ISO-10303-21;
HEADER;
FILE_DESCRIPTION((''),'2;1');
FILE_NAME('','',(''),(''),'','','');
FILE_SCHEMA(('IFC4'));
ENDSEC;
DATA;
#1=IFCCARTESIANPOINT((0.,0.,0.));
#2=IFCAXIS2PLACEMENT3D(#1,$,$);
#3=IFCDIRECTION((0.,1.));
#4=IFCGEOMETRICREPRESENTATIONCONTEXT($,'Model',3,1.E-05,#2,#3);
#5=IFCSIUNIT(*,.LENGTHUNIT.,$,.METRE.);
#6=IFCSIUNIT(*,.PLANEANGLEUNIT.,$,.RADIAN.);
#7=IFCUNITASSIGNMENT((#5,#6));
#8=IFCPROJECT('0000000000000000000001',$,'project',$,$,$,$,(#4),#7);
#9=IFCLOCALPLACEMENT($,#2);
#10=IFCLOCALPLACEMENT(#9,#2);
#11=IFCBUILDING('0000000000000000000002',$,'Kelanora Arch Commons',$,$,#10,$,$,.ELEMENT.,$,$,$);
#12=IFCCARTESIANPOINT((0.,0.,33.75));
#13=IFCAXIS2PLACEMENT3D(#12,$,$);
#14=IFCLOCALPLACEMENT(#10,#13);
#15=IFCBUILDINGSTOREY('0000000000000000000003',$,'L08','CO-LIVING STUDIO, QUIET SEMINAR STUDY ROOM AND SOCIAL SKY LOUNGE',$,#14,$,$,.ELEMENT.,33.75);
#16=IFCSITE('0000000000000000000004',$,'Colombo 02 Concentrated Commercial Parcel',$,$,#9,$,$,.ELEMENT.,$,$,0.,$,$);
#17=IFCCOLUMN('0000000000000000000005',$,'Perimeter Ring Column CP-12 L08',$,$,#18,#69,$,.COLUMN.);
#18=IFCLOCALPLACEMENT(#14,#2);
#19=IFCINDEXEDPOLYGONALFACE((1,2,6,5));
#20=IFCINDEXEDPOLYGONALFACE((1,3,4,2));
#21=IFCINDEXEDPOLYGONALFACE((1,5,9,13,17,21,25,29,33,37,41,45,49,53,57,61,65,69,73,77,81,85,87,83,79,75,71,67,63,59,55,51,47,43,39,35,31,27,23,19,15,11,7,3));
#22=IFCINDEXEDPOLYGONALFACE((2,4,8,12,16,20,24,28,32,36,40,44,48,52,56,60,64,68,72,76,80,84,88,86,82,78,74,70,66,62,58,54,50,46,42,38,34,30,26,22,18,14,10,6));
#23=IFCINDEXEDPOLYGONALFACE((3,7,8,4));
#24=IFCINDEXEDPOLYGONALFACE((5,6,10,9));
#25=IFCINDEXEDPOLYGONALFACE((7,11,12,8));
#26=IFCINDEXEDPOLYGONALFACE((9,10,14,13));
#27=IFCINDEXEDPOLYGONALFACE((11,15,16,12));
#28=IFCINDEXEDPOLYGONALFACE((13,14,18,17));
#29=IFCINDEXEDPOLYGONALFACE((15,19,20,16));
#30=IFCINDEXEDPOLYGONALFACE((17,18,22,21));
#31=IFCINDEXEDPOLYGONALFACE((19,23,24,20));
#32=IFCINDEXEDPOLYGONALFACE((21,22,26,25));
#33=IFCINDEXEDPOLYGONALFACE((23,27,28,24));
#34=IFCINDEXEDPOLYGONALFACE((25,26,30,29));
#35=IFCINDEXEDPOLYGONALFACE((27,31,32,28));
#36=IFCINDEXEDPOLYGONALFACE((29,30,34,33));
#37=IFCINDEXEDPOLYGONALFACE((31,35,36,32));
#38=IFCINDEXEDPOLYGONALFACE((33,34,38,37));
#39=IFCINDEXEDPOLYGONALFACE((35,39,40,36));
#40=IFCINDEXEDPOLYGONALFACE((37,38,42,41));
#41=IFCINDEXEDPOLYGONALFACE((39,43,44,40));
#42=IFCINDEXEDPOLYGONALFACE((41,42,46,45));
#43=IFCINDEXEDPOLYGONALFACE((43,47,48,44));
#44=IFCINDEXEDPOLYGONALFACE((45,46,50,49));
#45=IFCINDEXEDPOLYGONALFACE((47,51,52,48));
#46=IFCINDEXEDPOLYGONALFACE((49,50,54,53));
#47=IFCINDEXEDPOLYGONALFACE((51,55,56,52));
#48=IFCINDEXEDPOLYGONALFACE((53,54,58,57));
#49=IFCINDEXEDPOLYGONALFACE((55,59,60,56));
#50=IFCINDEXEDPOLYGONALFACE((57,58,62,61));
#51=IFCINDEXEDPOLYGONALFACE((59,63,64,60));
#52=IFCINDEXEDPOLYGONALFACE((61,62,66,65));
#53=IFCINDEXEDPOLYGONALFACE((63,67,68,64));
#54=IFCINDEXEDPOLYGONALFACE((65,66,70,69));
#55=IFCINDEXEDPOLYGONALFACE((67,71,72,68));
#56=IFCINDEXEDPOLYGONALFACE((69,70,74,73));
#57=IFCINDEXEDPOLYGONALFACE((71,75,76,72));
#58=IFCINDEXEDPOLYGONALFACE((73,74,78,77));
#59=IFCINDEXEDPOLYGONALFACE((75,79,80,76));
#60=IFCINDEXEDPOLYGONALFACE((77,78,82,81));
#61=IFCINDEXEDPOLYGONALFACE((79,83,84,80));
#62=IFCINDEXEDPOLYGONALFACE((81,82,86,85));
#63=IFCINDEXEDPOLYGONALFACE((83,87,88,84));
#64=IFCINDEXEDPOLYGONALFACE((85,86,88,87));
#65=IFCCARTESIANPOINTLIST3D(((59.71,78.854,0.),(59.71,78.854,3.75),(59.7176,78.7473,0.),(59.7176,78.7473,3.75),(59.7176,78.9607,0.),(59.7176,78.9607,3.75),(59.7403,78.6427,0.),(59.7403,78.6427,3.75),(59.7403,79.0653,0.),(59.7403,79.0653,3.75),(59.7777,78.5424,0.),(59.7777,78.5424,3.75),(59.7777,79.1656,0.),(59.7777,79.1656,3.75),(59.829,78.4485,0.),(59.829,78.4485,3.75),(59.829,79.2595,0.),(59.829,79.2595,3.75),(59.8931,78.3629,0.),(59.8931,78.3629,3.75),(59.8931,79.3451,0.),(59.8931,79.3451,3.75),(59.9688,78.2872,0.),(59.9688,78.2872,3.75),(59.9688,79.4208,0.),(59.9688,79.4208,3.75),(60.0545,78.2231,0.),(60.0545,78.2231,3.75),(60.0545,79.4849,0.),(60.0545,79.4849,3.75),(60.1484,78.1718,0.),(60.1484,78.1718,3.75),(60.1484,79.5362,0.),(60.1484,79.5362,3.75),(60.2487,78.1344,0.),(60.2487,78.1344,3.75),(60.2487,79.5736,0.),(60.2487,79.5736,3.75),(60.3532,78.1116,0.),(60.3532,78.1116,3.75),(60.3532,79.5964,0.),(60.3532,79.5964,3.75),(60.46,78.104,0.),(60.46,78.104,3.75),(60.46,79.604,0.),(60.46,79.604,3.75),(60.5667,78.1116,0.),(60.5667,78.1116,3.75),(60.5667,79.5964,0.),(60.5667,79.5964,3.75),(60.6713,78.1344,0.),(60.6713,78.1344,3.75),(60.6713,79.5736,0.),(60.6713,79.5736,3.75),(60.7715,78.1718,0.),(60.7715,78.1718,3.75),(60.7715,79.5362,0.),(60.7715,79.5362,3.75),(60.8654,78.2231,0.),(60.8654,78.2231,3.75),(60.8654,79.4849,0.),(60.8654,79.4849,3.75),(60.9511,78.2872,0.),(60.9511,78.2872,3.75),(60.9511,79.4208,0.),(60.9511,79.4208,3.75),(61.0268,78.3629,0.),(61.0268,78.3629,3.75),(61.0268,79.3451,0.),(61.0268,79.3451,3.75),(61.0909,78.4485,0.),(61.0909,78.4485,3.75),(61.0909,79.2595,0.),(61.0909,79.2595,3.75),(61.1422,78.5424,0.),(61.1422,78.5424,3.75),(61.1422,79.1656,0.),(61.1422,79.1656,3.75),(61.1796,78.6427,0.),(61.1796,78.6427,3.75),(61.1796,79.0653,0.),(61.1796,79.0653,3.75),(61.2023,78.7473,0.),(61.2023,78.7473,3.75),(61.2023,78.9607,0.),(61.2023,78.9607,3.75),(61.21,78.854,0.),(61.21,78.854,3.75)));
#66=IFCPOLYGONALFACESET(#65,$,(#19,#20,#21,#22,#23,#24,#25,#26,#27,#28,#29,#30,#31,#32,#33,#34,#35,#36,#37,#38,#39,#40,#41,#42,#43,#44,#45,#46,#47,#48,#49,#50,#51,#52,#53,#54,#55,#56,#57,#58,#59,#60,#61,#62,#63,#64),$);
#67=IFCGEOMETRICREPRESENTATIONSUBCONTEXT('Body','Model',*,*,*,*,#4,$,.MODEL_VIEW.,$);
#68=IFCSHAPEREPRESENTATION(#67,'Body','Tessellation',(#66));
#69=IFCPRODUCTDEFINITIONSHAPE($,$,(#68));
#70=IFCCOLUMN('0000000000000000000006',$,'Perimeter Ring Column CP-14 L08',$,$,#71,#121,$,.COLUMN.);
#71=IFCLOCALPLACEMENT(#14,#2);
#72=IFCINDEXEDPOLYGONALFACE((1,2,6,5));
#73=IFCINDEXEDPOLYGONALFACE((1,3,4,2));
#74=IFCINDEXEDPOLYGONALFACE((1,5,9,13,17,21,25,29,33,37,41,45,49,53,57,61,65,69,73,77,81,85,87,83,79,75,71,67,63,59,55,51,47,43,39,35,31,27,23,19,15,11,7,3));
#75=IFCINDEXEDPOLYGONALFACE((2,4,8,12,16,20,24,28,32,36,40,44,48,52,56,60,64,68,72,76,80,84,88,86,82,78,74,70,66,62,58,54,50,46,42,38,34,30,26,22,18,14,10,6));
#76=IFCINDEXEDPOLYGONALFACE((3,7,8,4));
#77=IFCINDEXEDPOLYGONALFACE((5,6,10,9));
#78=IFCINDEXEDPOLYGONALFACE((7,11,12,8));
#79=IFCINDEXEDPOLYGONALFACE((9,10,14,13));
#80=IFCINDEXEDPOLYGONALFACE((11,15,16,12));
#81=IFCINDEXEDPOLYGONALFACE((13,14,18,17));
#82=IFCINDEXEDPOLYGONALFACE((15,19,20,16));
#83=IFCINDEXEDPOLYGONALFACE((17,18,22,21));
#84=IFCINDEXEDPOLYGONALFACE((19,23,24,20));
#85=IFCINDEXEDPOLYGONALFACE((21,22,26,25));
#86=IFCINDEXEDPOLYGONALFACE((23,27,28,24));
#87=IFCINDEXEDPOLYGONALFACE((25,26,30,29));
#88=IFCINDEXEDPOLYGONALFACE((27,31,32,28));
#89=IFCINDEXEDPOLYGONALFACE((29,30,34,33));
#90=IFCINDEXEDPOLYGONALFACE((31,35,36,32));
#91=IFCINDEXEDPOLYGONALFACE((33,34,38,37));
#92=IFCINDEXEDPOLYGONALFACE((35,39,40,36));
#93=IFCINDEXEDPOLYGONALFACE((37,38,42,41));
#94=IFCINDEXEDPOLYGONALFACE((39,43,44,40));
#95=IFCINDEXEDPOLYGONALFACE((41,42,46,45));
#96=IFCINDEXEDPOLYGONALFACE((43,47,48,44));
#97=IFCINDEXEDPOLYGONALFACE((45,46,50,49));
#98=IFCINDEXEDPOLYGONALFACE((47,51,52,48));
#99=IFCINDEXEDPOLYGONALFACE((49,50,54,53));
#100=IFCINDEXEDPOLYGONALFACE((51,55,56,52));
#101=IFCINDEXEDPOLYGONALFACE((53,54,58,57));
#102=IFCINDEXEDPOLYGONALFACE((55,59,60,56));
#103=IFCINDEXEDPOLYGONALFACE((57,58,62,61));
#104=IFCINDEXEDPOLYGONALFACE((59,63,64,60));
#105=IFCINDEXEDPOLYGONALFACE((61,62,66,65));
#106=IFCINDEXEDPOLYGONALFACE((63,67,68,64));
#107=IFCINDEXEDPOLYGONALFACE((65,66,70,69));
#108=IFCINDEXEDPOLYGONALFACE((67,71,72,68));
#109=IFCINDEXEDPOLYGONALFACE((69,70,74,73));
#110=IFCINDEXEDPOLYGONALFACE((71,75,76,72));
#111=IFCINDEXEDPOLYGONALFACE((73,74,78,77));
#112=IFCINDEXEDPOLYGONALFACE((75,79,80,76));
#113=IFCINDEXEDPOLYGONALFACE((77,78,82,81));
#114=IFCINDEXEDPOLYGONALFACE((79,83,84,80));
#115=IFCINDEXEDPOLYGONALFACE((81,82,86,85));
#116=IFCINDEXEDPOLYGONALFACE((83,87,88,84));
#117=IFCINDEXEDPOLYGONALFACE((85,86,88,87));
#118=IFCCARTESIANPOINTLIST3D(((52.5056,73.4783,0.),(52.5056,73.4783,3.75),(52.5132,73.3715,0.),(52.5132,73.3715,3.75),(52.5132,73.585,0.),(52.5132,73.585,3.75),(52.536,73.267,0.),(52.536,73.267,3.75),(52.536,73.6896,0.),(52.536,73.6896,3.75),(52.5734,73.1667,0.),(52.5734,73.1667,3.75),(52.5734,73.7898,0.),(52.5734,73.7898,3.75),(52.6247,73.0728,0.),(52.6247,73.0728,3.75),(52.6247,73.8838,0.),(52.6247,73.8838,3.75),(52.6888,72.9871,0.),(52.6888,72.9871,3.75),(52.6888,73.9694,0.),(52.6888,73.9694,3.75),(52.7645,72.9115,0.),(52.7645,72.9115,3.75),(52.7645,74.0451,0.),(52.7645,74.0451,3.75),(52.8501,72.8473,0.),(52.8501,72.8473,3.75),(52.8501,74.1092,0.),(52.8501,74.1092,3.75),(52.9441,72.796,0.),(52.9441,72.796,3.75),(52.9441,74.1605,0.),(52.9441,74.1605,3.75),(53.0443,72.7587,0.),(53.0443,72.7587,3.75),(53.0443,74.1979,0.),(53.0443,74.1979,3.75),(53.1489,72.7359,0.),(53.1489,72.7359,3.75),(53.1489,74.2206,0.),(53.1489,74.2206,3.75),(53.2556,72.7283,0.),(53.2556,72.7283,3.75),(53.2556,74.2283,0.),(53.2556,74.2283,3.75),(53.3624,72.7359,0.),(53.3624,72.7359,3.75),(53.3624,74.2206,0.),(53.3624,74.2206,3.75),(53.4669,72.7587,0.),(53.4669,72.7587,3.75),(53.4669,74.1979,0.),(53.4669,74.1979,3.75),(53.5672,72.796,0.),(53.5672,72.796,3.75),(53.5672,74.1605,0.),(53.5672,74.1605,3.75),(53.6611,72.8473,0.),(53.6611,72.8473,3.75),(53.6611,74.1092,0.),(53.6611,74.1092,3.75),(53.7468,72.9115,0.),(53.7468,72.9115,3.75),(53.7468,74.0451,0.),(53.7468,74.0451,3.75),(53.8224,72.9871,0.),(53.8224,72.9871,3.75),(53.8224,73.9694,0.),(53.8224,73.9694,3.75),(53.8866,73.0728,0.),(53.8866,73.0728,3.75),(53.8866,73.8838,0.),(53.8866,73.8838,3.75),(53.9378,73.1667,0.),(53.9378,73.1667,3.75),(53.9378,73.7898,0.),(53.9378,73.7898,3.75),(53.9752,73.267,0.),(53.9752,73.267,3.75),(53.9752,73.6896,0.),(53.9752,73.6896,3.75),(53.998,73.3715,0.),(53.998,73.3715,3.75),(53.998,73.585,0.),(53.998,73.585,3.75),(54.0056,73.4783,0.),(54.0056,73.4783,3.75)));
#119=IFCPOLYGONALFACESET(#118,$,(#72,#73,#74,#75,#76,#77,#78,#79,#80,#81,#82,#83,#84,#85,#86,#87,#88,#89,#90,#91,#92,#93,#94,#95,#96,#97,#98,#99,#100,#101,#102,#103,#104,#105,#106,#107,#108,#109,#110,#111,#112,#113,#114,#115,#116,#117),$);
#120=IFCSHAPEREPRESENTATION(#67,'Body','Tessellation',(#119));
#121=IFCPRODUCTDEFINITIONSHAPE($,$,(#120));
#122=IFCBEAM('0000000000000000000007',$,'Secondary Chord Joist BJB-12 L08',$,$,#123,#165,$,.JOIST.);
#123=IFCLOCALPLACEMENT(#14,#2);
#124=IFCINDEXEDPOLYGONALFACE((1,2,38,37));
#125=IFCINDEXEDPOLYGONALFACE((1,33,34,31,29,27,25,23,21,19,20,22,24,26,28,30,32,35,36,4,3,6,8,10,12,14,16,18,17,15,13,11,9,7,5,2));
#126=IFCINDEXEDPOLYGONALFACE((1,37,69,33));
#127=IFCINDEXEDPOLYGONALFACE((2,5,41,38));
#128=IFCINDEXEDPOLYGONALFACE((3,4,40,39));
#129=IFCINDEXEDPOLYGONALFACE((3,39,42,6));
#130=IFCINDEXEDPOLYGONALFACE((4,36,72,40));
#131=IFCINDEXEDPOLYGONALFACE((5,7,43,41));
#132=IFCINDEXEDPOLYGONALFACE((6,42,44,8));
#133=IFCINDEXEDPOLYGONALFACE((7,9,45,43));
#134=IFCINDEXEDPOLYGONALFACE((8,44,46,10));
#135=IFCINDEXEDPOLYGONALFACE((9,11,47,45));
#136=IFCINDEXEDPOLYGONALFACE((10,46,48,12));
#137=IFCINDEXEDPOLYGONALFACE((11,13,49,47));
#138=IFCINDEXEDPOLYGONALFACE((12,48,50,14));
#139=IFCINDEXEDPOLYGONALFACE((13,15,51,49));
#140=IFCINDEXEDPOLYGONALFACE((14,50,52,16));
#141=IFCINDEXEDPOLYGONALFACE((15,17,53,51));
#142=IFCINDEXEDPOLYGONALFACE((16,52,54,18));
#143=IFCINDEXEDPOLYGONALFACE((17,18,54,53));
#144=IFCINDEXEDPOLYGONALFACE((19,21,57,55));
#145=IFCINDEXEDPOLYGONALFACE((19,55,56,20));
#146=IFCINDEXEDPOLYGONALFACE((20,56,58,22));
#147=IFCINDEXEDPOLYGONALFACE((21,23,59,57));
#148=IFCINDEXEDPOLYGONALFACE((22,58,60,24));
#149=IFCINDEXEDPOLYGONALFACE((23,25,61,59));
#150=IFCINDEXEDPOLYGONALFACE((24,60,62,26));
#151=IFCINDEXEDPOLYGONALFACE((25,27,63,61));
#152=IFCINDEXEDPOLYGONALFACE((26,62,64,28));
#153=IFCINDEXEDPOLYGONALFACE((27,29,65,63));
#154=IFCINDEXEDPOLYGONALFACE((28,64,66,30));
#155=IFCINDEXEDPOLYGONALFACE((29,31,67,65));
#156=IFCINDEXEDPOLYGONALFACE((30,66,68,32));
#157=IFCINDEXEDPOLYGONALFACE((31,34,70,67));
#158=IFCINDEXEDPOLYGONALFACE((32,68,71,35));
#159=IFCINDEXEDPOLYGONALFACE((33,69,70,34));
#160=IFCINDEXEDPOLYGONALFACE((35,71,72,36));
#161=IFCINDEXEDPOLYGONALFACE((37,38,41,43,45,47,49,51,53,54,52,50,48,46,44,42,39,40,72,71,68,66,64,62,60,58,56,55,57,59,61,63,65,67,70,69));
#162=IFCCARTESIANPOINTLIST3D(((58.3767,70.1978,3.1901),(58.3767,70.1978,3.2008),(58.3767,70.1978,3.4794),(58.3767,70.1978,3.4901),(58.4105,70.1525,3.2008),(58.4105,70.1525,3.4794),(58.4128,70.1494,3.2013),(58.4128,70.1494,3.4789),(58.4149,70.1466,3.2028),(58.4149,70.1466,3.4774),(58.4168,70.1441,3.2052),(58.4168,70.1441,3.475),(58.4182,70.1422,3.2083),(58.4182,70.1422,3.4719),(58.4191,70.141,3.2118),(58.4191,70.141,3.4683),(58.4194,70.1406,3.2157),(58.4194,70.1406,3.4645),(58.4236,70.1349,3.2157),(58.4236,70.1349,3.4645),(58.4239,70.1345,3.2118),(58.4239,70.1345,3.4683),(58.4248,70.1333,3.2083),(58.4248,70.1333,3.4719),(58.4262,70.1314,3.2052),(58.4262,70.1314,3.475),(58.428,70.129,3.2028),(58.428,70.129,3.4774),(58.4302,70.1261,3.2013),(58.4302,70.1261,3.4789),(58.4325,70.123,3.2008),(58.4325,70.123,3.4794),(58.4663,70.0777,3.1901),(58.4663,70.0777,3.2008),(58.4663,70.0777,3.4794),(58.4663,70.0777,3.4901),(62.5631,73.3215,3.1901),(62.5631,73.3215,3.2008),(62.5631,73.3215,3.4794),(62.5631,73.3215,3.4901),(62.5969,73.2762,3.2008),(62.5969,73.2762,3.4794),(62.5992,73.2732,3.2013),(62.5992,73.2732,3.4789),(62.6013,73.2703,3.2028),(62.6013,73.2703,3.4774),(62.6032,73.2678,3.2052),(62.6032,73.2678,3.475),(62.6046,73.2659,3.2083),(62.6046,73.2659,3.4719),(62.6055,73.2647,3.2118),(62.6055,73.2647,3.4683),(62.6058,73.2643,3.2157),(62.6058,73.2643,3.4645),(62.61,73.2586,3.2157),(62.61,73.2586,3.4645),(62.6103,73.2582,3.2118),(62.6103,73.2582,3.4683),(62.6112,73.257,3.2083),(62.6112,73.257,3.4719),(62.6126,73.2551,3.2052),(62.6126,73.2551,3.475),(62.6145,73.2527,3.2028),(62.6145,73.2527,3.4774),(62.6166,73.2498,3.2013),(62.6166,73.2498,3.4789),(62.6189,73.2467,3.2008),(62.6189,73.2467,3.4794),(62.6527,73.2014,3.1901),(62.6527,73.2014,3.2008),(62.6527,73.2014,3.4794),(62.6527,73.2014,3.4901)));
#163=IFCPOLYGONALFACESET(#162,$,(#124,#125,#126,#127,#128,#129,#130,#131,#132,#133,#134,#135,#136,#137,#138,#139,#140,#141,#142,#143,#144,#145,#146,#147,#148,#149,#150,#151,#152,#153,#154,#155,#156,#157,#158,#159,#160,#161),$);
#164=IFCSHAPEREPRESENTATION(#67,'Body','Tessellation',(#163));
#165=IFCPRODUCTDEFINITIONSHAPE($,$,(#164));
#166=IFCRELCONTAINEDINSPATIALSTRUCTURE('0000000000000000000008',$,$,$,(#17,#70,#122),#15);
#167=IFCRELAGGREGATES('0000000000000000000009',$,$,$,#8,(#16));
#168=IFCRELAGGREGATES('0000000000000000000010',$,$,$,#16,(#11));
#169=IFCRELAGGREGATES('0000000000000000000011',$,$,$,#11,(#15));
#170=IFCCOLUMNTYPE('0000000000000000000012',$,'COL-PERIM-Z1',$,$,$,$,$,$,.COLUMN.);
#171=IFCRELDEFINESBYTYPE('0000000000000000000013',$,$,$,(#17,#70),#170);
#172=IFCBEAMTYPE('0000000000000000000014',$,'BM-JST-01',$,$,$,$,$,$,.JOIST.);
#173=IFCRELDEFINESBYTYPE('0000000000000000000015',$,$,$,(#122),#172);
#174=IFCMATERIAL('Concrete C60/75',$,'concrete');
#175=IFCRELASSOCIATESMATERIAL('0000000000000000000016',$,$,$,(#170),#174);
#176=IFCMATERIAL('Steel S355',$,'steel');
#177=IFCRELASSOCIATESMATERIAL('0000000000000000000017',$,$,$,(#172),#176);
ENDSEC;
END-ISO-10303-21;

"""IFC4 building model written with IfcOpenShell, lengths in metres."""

from ifc_helpers import new_model, si_unit, direction, frame, origin, origin_2d, place, context, subcontext, project, spatial, circle, i_section, extrude, material, material_profile, profile_set, type_object, element, save


model = new_model("IFC4")

# Units and contexts
model_context = context("Model", 3, precision=1e-05, world=origin(), true_north=direction((0.0, 1.0)))
body_context = subcontext(model_context, "Body", "Model", "MODEL_VIEW")
ifc_project = project(units=[si_unit("LENGTHUNIT", "METRE"), si_unit("PLANEANGLEUNIT", "RADIAN")], contexts=[model_context])

# Site, building, storey
site_placement = place(None, origin())
site = spatial("IfcSite", under=ifc_project, at=site_placement, Name="Colombo 02 Concentrated Commercial Parcel", CompositionType="ELEMENT", RefElevation=0.0)
building_placement = place(site_placement, origin())
building = spatial("IfcBuilding", under=site, at=building_placement, Name="Kelanora Arch Commons", CompositionType="ELEMENT")
storey_placement = place(building_placement, frame((0.0, 0.0, 33.75)))
storey = spatial("IfcBuildingStorey", under=building, at=storey_placement, Name="L08", Description="CO-LIVING STUDIO, QUIET SEMINAR STUDY ROOM AND SOCIAL SKY LOUNGE", CompositionType="ELEMENT", Elevation=33.75)

# Columns
ifc_material_1 = material(Name="Concrete C60/75", Category="concrete")
ifc_material_profile_1 = material_profile(ifc_material_1, circle(Radius=0.75, at=origin_2d()), Name="RCC1500")
ifc_profile_set_1 = profile_set([ifc_material_profile_1], Name="Concrete C60/75")
column_type = type_object("IfcColumnType", Name="COL-PERIM-Z1", PredefinedType="COLUMN", material=ifc_profile_set_1)
for number, where, z_axis, x_axis, name in (
    (1, (60.46, 78.854, 0.0), (0.0, 0.0, 1.0), (1.0, 0.0, 0.0), "Perimeter Ring Column CP-12 L08"),
    (2, (53.2556, 73.4783, 0.0), (0.0, 0.0, 1.0), (1.0, 0.0, 0.0), "Perimeter Ring Column CP-14 L08"),
):
    element("IfcColumn", number, at=place(storey_placement, frame(where, z_axis=z_axis, x_axis=x_axis)), inside=storey, type_object=column_type, Name=name, PredefinedType="COLUMN", context=body_context, shape_type="SweptSolid", body=[
        extrude(circle(Radius=0.75, at=origin_2d()), origin(), (0.0, 0.0, 1.0), 3.75),
    ])

# Beam
ifc_material_2 = material(Name="Steel S355", Category="steel")
ifc_material_profile_2 = material_profile(ifc_material_2, i_section(OverallWidth=0.1499, OverallDepth=0.3, WebThickness=0.0071, FlangeThickness=0.0107, FilletRadius=0.0149, at=origin_2d()), Name="IPE300")
ifc_profile_set_2 = profile_set([ifc_material_profile_2], Name="Steel S355")
beam_type_1 = type_object("IfcBeamType", Name="BM-JST-01", PredefinedType="JOIST", material=ifc_profile_set_2)
beam_1_placement = place(storey_placement, frame((62.6079, 73.2615, 3.3401), z_axis=(-0.801478, -0.598024, 0.0), x_axis=(0.598024, -0.801478, 0.0)))
element("IfcBeam", 3, at=beam_1_placement, inside=storey, type_object=beam_type_1, Name="Secondary Chord Joist BJB-12 L08", PredefinedType="JOIST", context=body_context, shape_type="SweptSolid", body=[
    extrude(i_section(OverallWidth=0.1499, OverallDepth=0.3, WebThickness=0.0071, FlangeThickness=0.0107, FilletRadius=0.0149, at=origin_2d()), origin(), (0.0, 0.0, 1.0), 5.2234),
])

save(model, "model.ifc")
